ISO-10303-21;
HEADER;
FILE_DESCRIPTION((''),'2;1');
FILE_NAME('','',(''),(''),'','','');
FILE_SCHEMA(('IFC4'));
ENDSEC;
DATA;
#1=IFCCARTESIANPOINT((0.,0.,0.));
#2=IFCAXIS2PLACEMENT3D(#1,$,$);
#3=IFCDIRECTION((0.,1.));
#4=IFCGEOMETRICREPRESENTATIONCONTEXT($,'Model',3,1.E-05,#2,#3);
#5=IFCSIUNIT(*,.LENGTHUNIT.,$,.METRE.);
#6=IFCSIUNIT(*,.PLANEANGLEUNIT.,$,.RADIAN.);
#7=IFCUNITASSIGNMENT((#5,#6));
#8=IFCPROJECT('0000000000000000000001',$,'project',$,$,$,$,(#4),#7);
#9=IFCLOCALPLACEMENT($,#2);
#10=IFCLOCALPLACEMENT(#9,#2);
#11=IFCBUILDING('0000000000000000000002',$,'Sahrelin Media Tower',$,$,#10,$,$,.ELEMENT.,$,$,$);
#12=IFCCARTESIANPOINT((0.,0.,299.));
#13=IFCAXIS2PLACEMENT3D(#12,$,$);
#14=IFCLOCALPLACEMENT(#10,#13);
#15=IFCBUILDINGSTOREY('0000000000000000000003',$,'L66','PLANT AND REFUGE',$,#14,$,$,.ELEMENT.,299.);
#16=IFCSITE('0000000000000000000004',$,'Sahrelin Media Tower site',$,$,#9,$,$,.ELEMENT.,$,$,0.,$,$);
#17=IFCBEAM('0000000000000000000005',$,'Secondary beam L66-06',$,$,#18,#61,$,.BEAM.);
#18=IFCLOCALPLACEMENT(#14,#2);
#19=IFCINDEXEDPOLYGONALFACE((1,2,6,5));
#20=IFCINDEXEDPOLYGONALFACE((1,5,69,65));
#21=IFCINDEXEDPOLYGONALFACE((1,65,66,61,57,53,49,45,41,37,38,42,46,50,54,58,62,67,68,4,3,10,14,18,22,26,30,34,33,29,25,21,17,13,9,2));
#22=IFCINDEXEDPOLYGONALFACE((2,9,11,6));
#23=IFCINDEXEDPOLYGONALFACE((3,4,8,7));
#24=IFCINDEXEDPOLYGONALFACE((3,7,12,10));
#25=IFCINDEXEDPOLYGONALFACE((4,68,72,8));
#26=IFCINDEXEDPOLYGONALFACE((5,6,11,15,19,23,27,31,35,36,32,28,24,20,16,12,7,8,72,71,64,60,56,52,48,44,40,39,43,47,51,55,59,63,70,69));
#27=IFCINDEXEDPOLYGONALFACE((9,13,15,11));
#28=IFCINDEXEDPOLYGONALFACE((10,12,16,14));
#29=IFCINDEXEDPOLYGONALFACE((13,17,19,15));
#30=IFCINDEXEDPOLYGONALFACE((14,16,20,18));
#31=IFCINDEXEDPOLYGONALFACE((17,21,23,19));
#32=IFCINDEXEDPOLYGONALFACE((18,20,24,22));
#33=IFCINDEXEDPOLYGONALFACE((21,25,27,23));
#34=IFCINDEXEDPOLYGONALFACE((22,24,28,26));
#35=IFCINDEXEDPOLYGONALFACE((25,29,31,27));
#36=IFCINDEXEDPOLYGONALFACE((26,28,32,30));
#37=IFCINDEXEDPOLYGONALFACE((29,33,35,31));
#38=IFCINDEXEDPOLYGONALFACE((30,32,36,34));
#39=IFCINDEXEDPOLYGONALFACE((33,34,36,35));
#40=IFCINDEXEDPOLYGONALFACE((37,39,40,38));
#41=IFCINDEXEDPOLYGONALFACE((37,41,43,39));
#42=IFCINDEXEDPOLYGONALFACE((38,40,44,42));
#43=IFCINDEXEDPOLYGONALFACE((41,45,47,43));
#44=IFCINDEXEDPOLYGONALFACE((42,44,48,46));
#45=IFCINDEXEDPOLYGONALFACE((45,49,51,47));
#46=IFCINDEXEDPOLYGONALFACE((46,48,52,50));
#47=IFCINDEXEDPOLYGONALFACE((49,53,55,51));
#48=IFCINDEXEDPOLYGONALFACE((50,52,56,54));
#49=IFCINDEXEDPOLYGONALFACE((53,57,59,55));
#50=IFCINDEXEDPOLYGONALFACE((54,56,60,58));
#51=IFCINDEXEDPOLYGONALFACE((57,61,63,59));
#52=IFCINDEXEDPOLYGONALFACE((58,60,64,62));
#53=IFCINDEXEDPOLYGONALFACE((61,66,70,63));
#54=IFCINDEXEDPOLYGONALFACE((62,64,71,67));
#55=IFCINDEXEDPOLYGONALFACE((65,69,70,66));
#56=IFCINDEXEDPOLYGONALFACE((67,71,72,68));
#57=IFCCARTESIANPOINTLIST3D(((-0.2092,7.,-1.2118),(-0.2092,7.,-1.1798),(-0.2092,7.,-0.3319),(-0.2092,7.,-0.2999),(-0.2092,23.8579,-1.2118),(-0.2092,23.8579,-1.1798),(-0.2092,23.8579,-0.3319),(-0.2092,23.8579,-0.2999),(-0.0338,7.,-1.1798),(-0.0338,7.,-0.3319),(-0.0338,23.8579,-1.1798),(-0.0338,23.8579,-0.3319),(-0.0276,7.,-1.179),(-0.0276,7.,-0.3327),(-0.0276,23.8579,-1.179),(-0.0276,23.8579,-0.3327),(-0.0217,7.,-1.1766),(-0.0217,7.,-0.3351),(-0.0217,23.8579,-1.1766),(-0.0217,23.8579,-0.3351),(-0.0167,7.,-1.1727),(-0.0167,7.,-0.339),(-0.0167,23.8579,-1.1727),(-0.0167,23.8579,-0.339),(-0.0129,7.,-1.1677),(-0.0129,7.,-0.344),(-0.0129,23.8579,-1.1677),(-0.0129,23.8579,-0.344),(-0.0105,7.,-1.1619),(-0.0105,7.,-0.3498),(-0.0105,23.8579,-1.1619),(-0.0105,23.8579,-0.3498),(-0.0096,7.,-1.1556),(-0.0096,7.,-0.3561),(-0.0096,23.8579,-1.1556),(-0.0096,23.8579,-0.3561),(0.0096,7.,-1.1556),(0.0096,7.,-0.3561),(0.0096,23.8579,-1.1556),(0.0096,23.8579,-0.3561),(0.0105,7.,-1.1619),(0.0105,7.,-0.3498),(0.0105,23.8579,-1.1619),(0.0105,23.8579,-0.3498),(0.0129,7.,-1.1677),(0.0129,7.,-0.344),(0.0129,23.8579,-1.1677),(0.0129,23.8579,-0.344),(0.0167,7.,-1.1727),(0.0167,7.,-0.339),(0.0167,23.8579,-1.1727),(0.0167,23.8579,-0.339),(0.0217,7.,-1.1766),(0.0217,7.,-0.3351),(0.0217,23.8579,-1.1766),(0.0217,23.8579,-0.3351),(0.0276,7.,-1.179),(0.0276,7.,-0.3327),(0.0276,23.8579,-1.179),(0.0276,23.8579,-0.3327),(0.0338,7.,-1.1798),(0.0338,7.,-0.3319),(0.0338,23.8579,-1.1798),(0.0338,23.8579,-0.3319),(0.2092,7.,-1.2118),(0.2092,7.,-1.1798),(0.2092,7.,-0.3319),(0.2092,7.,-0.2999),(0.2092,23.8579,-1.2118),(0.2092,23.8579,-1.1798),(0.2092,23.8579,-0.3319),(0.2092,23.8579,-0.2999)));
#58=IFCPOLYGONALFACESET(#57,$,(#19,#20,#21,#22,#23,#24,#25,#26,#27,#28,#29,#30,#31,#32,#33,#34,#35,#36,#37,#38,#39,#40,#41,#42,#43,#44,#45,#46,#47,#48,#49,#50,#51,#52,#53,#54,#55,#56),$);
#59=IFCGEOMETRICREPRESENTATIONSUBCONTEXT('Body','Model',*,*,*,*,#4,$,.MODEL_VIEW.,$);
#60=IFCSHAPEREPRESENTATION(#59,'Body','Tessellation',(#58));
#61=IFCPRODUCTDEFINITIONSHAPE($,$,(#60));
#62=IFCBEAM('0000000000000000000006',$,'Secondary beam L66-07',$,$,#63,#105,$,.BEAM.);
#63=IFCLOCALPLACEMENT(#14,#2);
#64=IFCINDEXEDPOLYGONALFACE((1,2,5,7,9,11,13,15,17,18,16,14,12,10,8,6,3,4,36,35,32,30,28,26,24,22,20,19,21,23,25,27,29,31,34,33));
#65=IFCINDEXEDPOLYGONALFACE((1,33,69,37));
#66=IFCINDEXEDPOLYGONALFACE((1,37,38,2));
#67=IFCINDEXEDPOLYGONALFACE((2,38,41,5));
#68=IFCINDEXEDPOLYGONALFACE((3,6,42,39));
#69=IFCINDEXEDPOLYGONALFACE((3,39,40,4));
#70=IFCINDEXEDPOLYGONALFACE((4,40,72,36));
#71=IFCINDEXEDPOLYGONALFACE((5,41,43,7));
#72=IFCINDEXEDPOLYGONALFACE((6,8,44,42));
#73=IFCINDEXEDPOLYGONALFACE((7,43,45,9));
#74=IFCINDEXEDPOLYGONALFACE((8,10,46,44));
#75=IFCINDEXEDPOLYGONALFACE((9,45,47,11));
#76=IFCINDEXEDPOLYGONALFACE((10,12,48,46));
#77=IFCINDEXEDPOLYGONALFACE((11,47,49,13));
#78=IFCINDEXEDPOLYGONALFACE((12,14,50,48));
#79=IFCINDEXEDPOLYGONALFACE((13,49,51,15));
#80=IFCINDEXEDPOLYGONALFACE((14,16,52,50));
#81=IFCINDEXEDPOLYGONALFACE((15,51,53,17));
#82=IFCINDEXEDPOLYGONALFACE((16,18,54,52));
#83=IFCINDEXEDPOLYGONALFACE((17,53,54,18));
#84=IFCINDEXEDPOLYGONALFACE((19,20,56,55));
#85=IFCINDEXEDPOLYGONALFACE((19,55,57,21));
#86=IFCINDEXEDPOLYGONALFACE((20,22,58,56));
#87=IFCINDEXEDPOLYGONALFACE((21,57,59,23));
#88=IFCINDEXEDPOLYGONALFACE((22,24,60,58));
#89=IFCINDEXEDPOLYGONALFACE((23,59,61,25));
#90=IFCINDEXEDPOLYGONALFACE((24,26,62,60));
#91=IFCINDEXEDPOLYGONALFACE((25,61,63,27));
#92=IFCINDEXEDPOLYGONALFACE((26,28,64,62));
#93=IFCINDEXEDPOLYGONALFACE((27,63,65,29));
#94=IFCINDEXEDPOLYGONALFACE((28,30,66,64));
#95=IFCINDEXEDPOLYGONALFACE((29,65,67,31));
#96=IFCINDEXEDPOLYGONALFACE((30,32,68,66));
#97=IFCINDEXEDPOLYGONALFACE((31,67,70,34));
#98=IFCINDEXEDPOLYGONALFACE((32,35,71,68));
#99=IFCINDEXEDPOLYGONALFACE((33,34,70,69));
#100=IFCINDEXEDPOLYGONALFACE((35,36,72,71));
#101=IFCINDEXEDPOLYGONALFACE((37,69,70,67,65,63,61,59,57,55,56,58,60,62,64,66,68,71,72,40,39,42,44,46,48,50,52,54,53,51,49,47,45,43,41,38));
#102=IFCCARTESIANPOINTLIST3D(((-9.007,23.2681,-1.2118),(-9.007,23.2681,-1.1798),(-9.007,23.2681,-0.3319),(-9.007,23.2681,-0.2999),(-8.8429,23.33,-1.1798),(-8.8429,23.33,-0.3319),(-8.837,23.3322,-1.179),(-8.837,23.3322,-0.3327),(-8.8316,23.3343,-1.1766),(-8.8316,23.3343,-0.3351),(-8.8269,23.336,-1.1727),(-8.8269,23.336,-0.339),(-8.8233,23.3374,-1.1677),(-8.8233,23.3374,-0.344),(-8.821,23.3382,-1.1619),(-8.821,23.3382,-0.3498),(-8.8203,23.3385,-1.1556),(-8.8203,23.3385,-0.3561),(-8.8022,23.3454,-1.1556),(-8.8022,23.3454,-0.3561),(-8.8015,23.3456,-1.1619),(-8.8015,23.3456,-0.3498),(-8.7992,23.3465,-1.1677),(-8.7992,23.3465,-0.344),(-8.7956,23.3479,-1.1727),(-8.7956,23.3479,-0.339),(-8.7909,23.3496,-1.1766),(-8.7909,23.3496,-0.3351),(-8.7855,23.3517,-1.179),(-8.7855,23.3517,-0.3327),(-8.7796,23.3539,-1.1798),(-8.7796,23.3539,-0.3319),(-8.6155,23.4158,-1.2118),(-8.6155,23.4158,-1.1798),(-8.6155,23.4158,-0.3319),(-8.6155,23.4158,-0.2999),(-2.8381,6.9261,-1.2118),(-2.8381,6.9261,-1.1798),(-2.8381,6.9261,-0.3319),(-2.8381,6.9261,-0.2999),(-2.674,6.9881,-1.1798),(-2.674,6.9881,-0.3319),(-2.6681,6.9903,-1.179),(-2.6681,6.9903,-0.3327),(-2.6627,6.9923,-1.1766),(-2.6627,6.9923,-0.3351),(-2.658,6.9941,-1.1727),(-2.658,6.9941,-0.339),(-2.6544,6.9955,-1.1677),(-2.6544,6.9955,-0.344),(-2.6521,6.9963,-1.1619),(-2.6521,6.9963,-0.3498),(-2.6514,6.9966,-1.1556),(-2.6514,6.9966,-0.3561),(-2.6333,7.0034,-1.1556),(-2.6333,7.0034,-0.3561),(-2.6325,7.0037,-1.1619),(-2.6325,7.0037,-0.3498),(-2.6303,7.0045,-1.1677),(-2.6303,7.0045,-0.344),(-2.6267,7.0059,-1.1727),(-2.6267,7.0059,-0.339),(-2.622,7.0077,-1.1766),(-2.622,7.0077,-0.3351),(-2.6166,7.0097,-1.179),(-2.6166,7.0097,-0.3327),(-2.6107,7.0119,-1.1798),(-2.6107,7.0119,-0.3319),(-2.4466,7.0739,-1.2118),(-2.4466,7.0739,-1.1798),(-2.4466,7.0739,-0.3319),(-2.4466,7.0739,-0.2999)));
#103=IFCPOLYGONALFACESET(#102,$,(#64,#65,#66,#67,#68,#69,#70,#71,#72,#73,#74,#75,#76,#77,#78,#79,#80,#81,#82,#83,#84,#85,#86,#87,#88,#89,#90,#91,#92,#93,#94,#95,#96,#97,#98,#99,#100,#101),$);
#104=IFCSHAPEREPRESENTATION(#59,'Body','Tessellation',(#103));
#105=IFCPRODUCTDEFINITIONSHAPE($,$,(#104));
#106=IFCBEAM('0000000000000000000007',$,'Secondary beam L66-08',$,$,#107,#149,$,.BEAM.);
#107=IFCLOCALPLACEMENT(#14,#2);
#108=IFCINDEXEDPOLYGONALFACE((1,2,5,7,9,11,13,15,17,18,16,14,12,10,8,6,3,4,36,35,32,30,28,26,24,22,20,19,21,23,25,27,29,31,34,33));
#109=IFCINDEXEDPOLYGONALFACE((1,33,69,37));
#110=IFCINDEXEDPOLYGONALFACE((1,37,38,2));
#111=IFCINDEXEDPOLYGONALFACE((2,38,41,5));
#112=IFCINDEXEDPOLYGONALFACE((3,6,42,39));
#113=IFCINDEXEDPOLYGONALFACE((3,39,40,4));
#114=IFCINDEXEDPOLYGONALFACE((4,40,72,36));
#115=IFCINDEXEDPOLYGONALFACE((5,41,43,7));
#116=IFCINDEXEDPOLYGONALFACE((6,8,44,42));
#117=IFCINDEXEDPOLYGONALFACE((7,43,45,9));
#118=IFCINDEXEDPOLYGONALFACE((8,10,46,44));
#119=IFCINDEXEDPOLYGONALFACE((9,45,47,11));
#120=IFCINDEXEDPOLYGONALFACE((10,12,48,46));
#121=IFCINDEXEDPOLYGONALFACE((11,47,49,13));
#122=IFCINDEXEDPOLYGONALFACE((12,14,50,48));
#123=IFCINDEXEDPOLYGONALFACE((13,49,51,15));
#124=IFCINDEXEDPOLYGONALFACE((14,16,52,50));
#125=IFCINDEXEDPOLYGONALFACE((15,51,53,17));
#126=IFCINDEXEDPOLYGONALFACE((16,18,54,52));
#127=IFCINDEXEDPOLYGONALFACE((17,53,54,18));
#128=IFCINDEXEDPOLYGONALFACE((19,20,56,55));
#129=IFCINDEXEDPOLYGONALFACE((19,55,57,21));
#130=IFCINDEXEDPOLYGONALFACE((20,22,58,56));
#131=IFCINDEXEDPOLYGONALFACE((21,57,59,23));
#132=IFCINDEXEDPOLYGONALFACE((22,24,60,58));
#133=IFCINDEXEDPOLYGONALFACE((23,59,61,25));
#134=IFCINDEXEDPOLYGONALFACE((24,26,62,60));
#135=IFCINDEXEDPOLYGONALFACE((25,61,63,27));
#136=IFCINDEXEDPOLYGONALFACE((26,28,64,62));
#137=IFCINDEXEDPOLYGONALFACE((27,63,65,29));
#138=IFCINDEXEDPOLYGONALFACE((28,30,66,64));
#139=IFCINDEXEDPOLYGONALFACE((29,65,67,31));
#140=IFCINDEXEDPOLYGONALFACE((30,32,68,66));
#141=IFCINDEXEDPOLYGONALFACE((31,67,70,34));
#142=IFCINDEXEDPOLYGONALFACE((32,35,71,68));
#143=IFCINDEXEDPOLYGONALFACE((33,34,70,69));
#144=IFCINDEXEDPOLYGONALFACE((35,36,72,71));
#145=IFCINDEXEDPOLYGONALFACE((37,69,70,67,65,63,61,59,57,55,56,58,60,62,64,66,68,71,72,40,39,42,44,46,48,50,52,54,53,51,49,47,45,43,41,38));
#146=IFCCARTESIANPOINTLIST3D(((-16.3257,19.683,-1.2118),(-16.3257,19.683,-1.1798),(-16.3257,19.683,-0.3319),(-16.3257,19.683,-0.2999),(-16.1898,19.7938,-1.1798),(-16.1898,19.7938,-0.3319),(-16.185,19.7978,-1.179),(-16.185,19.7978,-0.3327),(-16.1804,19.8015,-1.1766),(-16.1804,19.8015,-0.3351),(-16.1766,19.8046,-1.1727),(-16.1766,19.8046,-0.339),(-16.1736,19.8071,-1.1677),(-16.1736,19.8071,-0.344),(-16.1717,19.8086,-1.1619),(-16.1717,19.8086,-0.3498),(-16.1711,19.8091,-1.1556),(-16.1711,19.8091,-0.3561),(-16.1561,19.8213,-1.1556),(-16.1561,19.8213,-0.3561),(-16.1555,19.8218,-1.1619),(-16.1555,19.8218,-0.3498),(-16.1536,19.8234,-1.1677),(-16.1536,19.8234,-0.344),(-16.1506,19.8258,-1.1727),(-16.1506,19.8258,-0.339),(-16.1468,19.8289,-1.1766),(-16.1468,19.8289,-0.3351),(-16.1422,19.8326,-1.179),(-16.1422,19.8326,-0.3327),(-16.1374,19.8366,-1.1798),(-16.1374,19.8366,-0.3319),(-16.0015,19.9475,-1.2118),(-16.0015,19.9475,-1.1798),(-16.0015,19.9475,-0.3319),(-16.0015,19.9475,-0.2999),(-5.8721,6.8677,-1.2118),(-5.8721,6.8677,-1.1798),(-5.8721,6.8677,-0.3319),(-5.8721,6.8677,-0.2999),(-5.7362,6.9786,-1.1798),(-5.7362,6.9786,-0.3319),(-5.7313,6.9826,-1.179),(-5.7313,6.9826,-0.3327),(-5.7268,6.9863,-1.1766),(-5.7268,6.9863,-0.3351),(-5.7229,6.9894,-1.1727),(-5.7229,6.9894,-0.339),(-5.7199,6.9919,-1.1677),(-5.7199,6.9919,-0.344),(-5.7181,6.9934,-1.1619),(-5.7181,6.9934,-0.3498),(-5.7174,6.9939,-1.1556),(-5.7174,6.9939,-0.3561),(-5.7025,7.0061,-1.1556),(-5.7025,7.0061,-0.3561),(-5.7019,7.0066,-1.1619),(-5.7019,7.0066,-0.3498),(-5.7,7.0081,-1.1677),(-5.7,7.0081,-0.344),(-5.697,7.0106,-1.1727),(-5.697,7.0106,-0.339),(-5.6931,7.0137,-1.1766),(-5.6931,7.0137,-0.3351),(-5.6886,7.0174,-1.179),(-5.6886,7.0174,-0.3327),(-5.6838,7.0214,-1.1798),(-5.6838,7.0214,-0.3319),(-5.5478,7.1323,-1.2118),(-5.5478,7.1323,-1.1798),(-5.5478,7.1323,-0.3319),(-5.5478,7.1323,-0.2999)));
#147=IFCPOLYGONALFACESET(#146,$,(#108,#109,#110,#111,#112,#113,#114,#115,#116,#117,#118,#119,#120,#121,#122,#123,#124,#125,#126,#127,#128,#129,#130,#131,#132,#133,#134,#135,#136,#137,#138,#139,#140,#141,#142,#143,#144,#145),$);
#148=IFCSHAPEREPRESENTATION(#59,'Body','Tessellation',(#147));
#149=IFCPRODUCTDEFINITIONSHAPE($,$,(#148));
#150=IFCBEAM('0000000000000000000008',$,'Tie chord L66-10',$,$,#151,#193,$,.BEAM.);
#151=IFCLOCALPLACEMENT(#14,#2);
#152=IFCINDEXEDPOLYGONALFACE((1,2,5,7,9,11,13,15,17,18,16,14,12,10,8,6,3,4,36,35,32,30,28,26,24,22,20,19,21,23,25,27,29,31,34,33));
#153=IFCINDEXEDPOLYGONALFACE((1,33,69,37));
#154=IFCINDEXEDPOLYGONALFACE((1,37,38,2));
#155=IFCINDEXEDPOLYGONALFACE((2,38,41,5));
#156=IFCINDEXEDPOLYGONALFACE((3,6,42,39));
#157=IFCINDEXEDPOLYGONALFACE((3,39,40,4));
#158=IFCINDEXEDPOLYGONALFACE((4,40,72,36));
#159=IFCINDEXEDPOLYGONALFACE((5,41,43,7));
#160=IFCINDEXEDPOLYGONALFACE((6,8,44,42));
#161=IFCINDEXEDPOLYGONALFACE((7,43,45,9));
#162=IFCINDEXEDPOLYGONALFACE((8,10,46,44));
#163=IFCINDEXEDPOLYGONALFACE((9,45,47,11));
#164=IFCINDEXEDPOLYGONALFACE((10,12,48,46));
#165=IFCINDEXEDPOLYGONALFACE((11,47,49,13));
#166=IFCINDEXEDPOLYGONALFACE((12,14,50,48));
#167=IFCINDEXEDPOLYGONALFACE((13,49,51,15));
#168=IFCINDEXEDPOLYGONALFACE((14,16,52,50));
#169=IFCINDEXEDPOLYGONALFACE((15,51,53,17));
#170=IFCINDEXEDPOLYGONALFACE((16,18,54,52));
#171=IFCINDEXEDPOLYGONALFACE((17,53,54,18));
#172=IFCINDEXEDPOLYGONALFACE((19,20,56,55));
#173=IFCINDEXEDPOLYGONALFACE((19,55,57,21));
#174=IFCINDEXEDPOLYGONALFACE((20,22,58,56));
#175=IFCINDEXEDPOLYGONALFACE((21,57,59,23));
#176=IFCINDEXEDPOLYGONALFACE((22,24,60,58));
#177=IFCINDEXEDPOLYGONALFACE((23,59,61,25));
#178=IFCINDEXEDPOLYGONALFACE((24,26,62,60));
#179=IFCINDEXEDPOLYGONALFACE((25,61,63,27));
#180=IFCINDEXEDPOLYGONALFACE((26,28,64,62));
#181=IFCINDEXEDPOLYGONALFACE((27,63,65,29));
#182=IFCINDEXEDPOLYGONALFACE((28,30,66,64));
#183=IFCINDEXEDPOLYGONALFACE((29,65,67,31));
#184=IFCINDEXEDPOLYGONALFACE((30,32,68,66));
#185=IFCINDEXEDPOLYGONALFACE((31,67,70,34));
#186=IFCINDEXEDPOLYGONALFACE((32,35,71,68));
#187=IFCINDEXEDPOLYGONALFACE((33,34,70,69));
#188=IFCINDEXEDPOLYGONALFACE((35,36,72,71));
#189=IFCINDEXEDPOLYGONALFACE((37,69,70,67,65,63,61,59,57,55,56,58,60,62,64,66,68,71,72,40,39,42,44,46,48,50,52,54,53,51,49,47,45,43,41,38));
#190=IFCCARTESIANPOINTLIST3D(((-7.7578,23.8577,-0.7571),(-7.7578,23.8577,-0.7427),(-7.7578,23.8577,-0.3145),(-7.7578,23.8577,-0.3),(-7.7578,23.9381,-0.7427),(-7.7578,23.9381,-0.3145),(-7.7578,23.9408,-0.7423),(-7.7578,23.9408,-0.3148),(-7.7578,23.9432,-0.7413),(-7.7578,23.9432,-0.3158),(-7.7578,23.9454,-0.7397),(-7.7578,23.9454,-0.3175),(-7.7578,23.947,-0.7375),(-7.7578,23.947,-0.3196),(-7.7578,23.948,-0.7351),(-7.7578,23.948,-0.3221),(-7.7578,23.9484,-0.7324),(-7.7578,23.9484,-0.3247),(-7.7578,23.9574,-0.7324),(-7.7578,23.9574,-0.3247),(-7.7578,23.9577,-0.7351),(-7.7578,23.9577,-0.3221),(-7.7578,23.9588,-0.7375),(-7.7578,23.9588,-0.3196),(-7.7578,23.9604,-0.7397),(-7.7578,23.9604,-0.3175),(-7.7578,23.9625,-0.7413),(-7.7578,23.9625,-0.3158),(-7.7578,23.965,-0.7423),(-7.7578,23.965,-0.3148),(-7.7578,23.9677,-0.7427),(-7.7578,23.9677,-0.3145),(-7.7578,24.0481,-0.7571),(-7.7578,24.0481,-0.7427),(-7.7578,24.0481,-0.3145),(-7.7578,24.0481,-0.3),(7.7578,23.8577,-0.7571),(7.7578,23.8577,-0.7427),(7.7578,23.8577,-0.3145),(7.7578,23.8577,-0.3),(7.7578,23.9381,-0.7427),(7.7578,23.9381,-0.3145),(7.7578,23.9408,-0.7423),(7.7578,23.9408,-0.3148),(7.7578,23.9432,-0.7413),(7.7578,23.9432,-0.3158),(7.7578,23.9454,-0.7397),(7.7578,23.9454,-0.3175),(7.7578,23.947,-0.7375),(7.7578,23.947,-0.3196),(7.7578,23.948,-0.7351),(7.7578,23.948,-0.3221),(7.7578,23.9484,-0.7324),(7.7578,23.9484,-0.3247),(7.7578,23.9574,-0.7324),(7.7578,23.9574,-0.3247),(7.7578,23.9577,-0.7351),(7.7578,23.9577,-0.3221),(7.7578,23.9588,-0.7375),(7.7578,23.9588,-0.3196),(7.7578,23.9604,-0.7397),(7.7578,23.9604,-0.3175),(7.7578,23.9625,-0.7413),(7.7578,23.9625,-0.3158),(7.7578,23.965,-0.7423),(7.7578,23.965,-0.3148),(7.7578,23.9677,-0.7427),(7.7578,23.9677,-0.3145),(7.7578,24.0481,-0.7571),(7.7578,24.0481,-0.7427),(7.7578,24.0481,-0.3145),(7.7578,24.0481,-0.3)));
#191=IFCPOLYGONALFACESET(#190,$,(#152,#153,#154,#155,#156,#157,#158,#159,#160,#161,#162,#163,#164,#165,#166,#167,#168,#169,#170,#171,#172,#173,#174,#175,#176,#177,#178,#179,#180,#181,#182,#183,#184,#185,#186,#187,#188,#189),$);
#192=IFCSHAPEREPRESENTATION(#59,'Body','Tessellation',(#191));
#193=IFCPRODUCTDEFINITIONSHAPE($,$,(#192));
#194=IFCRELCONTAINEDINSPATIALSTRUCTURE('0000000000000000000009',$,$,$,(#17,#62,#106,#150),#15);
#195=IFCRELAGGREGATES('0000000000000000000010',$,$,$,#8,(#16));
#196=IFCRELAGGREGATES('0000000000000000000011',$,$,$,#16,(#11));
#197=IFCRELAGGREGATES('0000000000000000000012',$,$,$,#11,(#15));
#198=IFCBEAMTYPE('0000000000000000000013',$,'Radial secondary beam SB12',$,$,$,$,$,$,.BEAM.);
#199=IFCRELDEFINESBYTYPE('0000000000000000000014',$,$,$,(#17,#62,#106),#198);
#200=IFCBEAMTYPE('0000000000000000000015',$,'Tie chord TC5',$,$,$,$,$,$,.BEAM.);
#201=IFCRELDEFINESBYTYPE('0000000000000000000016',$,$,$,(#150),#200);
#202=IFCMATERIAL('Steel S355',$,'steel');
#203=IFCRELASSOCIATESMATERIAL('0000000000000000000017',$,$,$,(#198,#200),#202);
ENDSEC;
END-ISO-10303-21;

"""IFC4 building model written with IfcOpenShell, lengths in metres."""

from ifc_helpers import new_model, si_unit, direction, frame, origin, origin_2d, place, context, subcontext, project, spatial, i_section, extrude, material, material_profile, profile_set, type_object, element, save


model = new_model("IFC4")

# Units and contexts
model_context = context("Model", 3, precision=1e-05, world=origin(), true_north=direction((0.0, 1.0)))
body_context = subcontext(model_context, "Body", "Model", "MODEL_VIEW")
ifc_project = project(units=[si_unit("LENGTHUNIT", "METRE"), si_unit("PLANEANGLEUNIT", "RADIAN")], contexts=[model_context])

# Site, building, storey
site_placement = place(None, origin())
site = spatial("IfcSite", under=ifc_project, at=site_placement, Name="Sahrelin Media Tower site", CompositionType="ELEMENT", RefElevation=0.0)
building_placement = place(site_placement, origin())
building = spatial("IfcBuilding", under=site, at=building_placement, Name="Sahrelin Media Tower", CompositionType="ELEMENT")
storey_placement = place(building_placement, frame((0.0, 0.0, 299.0)))
storey = spatial("IfcBuildingStorey", under=building, at=storey_placement, Name="L66", Description="PLANT AND REFUGE", CompositionType="ELEMENT", Elevation=299.0)

# Beams
ifc_material_1 = material(Name="Steel S355", Category="steel")
ifc_material_profile_1 = material_profile(ifc_material_1, i_section(OverallWidth=0.4185, OverallDepth=0.9119, WebThickness=0.0193, FlangeThickness=0.032, FilletRadius=0.0242, at=origin_2d()), Name="UB 914x419x343")
ifc_profile_set_1 = profile_set([ifc_material_profile_1], Name="Steel S355")
beam_type_1 = type_object("IfcBeamType", Name="Radial secondary beam SB12", PredefinedType="BEAM", material=ifc_profile_set_1)
beam_1_placement = place(storey_placement, frame((0.0, 7.0, -0.7559), z_axis=(0.0, 1.0, 0.0), x_axis=(-1.0, 0.0, 0.0)))
element("IfcBeam", 1, at=beam_1_placement, inside=storey, type_object=beam_type_1, Name="Secondary beam L66-06", PredefinedType="BEAM", context=body_context, shape_type="SweptSolid", body=[
    extrude(i_section(OverallWidth=0.4185, OverallDepth=0.9119, WebThickness=0.0193, FlangeThickness=0.032, FilletRadius=0.0242, at=origin_2d()), origin(), (0.0, 0.0, 1.0), 16.8579),
])
beam_2_placement = place(storey_placement, frame((-2.6423, 7.0, -0.7559), z_axis=(-0.353164, 0.935561, 0.0), x_axis=(-0.935561, -0.353164, 0.0)))
element("IfcBeam", 2, at=beam_2_placement, inside=storey, type_object=beam_type_1, Name="Secondary beam L66-07", PredefinedType="BEAM", context=body_context, shape_type="SweptSolid", body=[
    extrude(i_section(OverallWidth=0.4185, OverallDepth=0.9119, WebThickness=0.0193, FlangeThickness=0.032, FilletRadius=0.0242, at=origin_2d()), origin(), (0.0, 0.0, 1.0), 17.4675),
])
beam_3_placement = place(storey_placement, frame((-5.71, 7.0, -0.7559), z_axis=(-0.632095, 0.774891, 0.0), x_axis=(-0.774891, -0.632095, 0.0)))
element("IfcBeam", 3, at=beam_3_placement, inside=storey, type_object=beam_type_1, Name="Secondary beam L66-08", PredefinedType="BEAM", context=body_context, shape_type="SweptSolid", body=[
    extrude(i_section(OverallWidth=0.4185, OverallDepth=0.9119, WebThickness=0.0193, FlangeThickness=0.032, FilletRadius=0.0242, at=origin_2d()), origin(), (0.0, 0.0, 1.0), 16.5381),
])
ifc_material_profile_2 = material_profile(ifc_material_1, i_section(OverallWidth=0.1904, OverallDepth=0.457, WebThickness=0.009, FlangeThickness=0.0144, FilletRadius=0.0103, at=origin_2d()), Name="UB 457x191x74")
ifc_profile_set_2 = profile_set([ifc_material_profile_2], Name="Steel S355")
beam_type_2 = type_object("IfcBeamType", Name="Tie chord TC5", PredefinedType="BEAM", material=ifc_profile_set_2)
beam_4_placement = place(storey_placement, frame((-7.7578, 23.9529, -0.5286), z_axis=(1.0, 0.0, 0.0), x_axis=(0.0, 1.0, 0.0)))
element("IfcBeam", 4, at=beam_4_placement, inside=storey, type_object=beam_type_2, Name="Tie chord L66-10", PredefinedType="BEAM", context=body_context, shape_type="SweptSolid", body=[
    extrude(i_section(OverallWidth=0.1904, OverallDepth=0.457, WebThickness=0.009, FlangeThickness=0.0144, FilletRadius=0.0103, at=origin_2d()), origin(), (0.0, 0.0, 1.0), 15.5156),
])

save(model, "model.ifc")
